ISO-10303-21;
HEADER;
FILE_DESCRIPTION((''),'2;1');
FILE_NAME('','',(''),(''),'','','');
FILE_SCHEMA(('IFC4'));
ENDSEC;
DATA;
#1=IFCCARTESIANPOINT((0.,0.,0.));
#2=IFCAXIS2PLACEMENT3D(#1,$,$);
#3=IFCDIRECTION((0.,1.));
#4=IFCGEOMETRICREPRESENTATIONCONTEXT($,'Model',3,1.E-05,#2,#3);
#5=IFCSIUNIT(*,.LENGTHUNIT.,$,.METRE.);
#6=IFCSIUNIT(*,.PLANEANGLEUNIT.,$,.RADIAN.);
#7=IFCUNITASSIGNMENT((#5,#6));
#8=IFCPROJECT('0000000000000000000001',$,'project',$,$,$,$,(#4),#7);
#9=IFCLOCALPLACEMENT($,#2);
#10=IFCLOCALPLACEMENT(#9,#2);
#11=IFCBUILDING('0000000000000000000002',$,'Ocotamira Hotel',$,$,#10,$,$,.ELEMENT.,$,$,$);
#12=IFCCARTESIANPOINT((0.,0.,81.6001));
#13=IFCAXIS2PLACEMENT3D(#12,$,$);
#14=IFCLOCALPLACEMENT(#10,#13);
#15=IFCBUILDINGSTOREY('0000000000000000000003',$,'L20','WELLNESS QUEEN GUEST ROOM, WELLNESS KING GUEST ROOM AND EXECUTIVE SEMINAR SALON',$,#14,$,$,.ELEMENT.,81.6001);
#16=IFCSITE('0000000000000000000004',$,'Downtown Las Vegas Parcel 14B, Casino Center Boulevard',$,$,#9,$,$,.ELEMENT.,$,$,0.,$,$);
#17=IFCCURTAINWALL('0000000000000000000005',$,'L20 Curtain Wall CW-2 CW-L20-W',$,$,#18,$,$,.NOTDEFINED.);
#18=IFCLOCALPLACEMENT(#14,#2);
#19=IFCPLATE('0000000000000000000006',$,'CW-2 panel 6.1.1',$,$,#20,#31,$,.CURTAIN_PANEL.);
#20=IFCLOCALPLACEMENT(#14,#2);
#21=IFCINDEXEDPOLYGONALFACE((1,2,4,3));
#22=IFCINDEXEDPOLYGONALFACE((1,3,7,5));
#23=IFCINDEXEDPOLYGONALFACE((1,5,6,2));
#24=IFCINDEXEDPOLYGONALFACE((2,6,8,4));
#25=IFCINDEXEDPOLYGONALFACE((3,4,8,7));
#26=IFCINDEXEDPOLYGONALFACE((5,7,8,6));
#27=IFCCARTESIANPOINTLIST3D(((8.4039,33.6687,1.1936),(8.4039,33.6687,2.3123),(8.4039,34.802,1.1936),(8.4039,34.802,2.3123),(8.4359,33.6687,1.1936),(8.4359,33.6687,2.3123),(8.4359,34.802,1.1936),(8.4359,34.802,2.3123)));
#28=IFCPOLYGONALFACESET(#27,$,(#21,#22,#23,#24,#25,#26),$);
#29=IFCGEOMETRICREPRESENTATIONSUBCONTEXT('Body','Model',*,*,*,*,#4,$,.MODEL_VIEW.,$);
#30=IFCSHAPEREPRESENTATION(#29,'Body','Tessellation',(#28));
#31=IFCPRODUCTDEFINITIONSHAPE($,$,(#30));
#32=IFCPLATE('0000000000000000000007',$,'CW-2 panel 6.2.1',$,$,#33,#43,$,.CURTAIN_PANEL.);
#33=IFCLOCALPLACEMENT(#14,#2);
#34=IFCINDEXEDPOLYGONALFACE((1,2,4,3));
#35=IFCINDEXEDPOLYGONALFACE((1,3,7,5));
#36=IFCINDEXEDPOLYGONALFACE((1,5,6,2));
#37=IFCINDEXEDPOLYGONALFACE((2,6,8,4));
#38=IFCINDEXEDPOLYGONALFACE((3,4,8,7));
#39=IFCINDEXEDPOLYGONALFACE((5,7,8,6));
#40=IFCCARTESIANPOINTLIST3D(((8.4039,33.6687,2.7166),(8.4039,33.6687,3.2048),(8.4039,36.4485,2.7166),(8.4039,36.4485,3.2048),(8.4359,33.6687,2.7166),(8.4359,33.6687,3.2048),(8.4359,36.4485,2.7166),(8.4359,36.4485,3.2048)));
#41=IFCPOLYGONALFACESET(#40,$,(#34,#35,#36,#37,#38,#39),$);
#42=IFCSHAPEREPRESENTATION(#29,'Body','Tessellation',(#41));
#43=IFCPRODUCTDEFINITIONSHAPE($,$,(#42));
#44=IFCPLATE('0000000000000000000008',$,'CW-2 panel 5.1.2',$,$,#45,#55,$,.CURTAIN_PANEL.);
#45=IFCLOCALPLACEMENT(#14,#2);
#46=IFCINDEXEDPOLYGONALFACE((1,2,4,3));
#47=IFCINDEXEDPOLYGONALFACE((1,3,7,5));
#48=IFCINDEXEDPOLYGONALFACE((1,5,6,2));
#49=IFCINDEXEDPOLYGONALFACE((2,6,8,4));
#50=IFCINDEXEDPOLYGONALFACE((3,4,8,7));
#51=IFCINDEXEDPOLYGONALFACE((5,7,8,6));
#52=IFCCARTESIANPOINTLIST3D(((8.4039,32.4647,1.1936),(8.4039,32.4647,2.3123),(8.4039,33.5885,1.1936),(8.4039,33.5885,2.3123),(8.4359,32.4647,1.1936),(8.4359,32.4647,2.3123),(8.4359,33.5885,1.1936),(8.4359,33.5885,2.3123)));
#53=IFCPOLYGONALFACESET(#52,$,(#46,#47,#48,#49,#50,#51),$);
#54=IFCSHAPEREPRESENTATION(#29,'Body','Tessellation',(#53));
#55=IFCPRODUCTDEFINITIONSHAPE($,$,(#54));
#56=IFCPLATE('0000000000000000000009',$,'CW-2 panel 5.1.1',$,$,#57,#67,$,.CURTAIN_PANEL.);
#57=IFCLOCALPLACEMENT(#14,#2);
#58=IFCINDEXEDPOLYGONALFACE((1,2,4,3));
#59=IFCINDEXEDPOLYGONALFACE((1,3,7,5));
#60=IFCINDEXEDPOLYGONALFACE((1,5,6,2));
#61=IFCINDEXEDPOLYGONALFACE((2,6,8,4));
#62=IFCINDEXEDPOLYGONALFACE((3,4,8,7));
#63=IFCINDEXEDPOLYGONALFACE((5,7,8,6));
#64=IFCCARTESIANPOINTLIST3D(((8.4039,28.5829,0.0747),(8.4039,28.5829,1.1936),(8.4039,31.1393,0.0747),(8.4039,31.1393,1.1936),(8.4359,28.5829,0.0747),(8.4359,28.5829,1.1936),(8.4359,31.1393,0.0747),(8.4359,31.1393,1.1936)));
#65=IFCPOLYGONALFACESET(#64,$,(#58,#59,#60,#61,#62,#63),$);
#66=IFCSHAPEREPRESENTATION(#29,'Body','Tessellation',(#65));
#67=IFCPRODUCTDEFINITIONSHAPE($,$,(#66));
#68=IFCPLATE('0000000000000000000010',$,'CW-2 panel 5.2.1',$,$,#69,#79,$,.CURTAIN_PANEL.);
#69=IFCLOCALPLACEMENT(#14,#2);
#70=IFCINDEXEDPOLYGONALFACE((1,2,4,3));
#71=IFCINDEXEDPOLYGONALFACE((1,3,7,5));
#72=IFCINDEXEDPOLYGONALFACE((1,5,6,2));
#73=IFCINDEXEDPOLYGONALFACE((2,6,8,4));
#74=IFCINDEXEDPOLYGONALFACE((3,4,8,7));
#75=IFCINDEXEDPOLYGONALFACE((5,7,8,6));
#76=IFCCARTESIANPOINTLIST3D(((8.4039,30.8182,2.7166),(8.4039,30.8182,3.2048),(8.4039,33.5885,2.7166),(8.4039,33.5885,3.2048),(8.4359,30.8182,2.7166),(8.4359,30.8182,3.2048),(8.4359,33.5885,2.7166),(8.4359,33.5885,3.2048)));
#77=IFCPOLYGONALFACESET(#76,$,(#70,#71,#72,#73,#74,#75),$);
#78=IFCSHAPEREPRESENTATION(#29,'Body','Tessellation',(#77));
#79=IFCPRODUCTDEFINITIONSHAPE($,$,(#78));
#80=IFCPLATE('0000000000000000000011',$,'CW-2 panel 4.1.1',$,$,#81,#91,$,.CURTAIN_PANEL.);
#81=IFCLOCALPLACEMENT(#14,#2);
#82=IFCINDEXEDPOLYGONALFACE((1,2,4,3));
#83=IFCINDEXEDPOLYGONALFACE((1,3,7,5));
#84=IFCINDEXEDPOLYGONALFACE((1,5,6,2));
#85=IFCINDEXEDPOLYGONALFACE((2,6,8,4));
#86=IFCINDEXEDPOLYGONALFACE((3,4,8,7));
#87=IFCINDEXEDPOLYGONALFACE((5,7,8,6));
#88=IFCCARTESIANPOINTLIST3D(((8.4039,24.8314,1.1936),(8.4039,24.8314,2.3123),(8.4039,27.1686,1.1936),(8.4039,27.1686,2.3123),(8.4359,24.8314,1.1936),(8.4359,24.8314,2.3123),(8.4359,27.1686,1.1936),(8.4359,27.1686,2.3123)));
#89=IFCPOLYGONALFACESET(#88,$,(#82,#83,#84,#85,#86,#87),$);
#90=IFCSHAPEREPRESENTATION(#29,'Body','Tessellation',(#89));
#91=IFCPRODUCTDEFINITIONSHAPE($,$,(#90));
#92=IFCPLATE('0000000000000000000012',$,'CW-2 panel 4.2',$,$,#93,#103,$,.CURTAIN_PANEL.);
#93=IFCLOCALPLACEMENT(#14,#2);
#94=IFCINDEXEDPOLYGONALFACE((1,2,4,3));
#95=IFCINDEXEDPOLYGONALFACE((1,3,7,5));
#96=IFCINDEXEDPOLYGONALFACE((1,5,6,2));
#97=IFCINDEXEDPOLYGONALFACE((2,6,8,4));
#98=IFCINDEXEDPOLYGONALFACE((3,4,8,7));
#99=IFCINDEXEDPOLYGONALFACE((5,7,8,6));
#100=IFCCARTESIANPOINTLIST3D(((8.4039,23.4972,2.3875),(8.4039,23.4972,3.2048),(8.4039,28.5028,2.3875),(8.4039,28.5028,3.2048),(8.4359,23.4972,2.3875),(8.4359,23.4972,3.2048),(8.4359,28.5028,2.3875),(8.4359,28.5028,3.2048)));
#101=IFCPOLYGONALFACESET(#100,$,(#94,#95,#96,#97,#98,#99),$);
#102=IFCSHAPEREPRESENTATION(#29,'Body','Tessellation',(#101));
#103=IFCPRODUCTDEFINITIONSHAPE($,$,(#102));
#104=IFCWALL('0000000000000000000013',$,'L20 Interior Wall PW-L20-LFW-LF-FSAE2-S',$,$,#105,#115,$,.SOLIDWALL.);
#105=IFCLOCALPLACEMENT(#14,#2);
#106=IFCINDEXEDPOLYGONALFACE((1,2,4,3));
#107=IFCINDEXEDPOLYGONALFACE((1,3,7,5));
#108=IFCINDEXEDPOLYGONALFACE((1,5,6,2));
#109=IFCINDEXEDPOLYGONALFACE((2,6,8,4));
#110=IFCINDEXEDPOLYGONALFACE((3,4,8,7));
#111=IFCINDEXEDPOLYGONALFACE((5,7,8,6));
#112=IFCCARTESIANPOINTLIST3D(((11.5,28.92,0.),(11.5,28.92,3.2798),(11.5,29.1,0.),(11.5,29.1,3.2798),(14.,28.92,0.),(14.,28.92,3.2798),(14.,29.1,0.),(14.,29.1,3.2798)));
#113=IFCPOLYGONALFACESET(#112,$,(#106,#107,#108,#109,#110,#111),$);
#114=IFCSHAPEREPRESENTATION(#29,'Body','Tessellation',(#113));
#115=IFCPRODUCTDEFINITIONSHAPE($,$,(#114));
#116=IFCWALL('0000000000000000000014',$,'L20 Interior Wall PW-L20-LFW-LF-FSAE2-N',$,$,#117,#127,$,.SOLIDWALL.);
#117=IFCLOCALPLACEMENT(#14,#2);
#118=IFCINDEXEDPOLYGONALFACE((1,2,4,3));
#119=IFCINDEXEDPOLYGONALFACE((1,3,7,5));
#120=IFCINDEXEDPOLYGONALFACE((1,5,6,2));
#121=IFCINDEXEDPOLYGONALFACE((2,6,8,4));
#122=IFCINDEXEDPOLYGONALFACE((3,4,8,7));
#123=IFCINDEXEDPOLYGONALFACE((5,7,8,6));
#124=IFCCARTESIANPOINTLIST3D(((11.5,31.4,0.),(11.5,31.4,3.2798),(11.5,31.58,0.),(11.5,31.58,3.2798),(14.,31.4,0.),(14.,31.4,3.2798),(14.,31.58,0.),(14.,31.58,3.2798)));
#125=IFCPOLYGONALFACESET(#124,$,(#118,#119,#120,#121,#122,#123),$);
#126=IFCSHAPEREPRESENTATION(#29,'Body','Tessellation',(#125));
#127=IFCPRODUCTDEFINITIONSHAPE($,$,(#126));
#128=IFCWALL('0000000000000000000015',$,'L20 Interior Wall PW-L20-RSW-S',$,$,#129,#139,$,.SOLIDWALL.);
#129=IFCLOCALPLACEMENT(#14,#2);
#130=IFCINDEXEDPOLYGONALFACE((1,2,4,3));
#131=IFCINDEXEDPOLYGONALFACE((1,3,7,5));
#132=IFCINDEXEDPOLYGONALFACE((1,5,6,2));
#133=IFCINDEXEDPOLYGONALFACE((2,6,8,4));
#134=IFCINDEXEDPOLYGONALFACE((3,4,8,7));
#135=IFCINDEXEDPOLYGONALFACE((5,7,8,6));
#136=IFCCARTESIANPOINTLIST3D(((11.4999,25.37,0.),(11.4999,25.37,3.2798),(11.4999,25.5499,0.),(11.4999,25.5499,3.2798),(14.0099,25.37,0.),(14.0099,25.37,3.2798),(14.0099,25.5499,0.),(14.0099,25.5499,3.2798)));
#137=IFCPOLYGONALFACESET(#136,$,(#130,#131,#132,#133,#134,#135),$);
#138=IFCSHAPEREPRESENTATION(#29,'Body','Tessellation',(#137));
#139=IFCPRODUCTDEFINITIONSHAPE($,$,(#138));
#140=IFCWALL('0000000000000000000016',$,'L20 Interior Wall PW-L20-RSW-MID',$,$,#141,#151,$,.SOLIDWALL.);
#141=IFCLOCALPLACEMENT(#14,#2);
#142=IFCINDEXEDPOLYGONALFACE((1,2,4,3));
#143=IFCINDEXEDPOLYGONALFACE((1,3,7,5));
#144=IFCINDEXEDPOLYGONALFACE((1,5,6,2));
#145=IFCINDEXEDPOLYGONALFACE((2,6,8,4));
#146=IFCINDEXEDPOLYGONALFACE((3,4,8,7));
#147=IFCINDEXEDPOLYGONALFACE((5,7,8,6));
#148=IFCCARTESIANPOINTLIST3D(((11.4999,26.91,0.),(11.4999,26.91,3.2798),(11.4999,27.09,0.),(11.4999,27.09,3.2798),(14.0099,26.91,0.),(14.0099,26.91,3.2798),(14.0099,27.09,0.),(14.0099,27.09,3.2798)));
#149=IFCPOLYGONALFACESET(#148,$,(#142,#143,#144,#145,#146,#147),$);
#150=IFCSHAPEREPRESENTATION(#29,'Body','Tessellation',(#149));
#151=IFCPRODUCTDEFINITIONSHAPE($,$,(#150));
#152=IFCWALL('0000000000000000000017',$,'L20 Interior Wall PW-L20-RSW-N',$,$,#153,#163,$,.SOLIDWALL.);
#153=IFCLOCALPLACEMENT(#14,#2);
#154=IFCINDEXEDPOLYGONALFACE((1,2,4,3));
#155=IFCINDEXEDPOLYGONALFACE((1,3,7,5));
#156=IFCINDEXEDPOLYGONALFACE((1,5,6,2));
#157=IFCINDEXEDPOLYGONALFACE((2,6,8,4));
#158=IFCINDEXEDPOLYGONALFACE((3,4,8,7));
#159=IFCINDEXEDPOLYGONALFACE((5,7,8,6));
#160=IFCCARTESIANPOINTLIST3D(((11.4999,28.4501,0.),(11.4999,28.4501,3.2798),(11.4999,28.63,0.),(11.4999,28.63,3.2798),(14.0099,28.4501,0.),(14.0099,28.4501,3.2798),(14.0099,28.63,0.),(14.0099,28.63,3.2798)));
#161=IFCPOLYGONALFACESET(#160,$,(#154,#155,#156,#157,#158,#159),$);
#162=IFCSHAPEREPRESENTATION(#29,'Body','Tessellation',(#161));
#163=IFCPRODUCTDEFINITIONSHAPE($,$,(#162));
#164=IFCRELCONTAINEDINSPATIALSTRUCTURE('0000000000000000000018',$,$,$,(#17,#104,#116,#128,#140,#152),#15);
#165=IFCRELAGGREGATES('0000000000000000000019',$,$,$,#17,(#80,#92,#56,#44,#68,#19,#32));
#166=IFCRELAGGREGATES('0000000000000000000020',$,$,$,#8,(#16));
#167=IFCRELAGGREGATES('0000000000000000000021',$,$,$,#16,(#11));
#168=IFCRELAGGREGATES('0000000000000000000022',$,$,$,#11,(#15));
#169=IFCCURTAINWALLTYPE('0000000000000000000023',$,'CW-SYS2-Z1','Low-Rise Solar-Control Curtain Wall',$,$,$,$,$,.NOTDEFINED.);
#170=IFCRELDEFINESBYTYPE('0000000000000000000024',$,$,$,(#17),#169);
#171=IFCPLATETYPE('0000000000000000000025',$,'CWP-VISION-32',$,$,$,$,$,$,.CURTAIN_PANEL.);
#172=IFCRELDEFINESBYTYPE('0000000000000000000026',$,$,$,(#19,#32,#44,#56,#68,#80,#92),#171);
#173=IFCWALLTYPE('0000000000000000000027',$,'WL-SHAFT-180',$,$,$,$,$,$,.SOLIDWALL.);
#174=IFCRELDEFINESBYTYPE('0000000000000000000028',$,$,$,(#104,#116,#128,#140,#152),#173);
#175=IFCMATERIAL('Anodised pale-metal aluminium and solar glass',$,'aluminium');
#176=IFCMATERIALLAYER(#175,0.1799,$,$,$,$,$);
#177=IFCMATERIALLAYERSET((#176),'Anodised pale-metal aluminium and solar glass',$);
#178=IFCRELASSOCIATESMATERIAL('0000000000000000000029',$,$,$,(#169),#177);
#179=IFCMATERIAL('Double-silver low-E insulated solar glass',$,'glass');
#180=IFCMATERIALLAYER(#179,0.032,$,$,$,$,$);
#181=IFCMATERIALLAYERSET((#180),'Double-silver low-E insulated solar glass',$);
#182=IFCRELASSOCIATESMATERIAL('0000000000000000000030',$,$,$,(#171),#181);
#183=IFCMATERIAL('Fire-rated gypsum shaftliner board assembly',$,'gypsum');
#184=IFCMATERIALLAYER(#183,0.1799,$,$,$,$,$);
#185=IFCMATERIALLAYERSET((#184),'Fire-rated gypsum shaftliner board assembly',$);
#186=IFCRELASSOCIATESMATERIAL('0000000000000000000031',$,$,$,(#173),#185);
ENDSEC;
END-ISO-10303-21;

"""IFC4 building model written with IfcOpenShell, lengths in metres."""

from ifc_helpers import new_model, si_unit, direction, frame, frame_2d, origin, origin_2d, place, context, subcontext, project, spatial, rectangle, extrude, source, transform, mapped, material, layer, layer_set, type_object, element, aggregate, save


model = new_model("IFC4")

# Units and contexts
model_context = context("Model", 3, precision=1e-05, world=origin(), true_north=direction((0.0, 1.0)))
body_context = subcontext(model_context, "Body", "Model", "MODEL_VIEW")
ifc_project = project(units=[si_unit("LENGTHUNIT", "METRE"), si_unit("PLANEANGLEUNIT", "RADIAN")], contexts=[model_context])

# Site, building, storey
site_placement = place(None, origin())
site = spatial("IfcSite", under=ifc_project, at=site_placement, Name="Downtown Las Vegas Parcel 14B, Casino Center Boulevard", CompositionType="ELEMENT", RefElevation=0.0)
building_placement = place(site_placement, origin())
building = spatial("IfcBuilding", under=site, at=building_placement, Name="Ocotamira Hotel", CompositionType="ELEMENT")
storey_placement = place(building_placement, frame((0.0, 0.0, 81.6001)))
storey = spatial("IfcBuildingStorey", under=building, at=storey_placement, Name="L20", Description="WELLNESS QUEEN GUEST ROOM, WELLNESS KING GUEST ROOM AND EXECUTIVE SEMINAR SALON", CompositionType="ELEMENT", Elevation=81.6001)

# Curtain wall
ifc_material_1 = material(Name="Anodised pale-metal aluminium and solar glass", Category="aluminium")
ifc_layer_1 = layer(ifc_material_1, 0.1799)
ifc_layer_set_1 = layer_set([ifc_layer_1], Name="Anodised pale-metal aluminium and solar glass")
curtain_wall_type = type_object("IfcCurtainWallType", Name="CW-SYS2-Z1", Description="Low-Rise Solar-Control Curtain Wall", PredefinedType="NOTDEFINED", material=ifc_layer_set_1)
curtain_wall_placement = place(storey_placement, origin())
curtain_wall = element("IfcCurtainWall", 1, at=curtain_wall_placement, inside=storey, type_object=curtain_wall_type, Name="L20 Curtain Wall CW-2 CW-L20-W", PredefinedType="NOTDEFINED")

# Plates
ifc_material_2 = material(Name="Double-silver low-E insulated solar glass", Category="glass")
ifc_layer_2 = layer(ifc_material_2, 0.032)
ifc_layer_set_2 = layer_set([ifc_layer_2], Name="Double-silver low-E insulated solar glass")
plate_type_1 = type_object("IfcPlateType", Name="CWP-VISION-32", PredefinedType="CURTAIN_PANEL", material=ifc_layer_set_2)
shared_shape_1 = source(origin(), body_context, "Body", "SweptSolid", [
    extrude(rectangle(XDim=1.1333, YDim=0.032, at=origin_2d()), origin(), (0.0, 0.0, 1.0), 1.1187),
])
plate_1_placement = place(storey_placement, frame((8.4199, 34.2354, 1.1936), z_axis=(0.0, 0.0, 1.0), x_axis=(0.0, 1.0, 0.0)))
plate_1 = element("IfcPlate", 2, at=plate_1_placement, type_object=plate_type_1, Name="CW-2 panel 6.1.1", PredefinedType="CURTAIN_PANEL", context=body_context, shape_type="MappedRepresentation", body=[
    mapped(shared_shape_1, transform((0.0, 0.0, 0.0), scale=1.0)),
])
shared_shape_2 = source(origin(), body_context, "Body", "SweptSolid", [
    extrude(rectangle(XDim=2.7798, YDim=0.032, at=origin_2d()), origin(), (0.0, 0.0, 1.0), 0.4883),
])
plate_2_placement = place(storey_placement, frame((8.4199, 35.0586, 2.7166), z_axis=(0.0, 0.0, 1.0), x_axis=(0.0, 1.0, 0.0)))
plate_2 = element("IfcPlate", 3, at=plate_2_placement, type_object=plate_type_1, Name="CW-2 panel 6.2.1", PredefinedType="CURTAIN_PANEL", context=body_context, shape_type="MappedRepresentation", body=[
    mapped(shared_shape_2, transform((0.0, 0.0, 0.0), scale=1.0)),
])
shared_shape_3 = source(origin(), body_context, "Body", "SweptSolid", [
    extrude(rectangle(XDim=1.1238, YDim=0.032, at=origin_2d()), origin(), (0.0, 0.0, 1.0), 1.1187),
])
plate_3_placement = place(storey_placement, frame((8.4199, 33.0266, 1.1936), z_axis=(0.0, 0.0, 1.0), x_axis=(0.0, 1.0, 0.0)))
plate_3 = element("IfcPlate", 4, at=plate_3_placement, type_object=plate_type_1, Name="CW-2 panel 5.1.2", PredefinedType="CURTAIN_PANEL", context=body_context, shape_type="MappedRepresentation", body=[
    mapped(shared_shape_3, transform((0.0, 0.0, 0.0), scale=1.0)),
])
shared_shape_4 = source(origin(), body_context, "Body", "SweptSolid", [
    extrude(rectangle(XDim=2.5564, YDim=0.032, at=origin_2d()), origin(), (0.0, 0.0, 1.0), 1.1189),
])
plate_4_placement = place(storey_placement, frame((8.4199, 29.8611, 0.0747), z_axis=(0.0, 0.0, 1.0), x_axis=(0.0, 1.0, 0.0)))
plate_4 = element("IfcPlate", 5, at=plate_4_placement, type_object=plate_type_1, Name="CW-2 panel 5.1.1", PredefinedType="CURTAIN_PANEL", context=body_context, shape_type="MappedRepresentation", body=[
    mapped(shared_shape_4, transform((0.0, 0.0, 0.0), scale=1.0)),
])
shared_shape_5 = source(origin(), body_context, "Body", "SweptSolid", [
    extrude(rectangle(XDim=2.7703, YDim=0.032, at=origin_2d()), origin(), (0.0, 0.0, 1.0), 0.4883),
])
plate_5_placement = place(storey_placement, frame((8.4199, 32.2034, 2.7166), z_axis=(0.0, 0.0, 1.0), x_axis=(0.0, 1.0, 0.0)))
plate_5 = element("IfcPlate", 6, at=plate_5_placement, type_object=plate_type_1, Name="CW-2 panel 5.2.1", PredefinedType="CURTAIN_PANEL", context=body_context, shape_type="MappedRepresentation", body=[
    mapped(shared_shape_5, transform((0.0, 0.0, 0.0), scale=1.0)),
])
shared_shape_6 = source(origin(), body_context, "Body", "SweptSolid", [
    extrude(rectangle(XDim=2.3372, YDim=0.032, at=origin_2d()), origin(), (0.0, 0.0, 1.0), 1.1187),
])
plate_6_placement = place(storey_placement, frame((8.4199, 26.0, 1.1936), z_axis=(0.0, 0.0, 1.0), x_axis=(0.0, 1.0, 0.0)))
plate_6 = element("IfcPlate", 7, at=plate_6_placement, type_object=plate_type_1, Name="CW-2 panel 4.1.1", PredefinedType="CURTAIN_PANEL", context=body_context, shape_type="MappedRepresentation", body=[
    mapped(shared_shape_6, transform((0.0, 0.0, 0.0), scale=1.0)),
])
shared_shape_7 = source(origin(), body_context, "Body", "SweptSolid", [
    extrude(rectangle(XDim=5.0056, YDim=0.032, at=origin_2d()), origin(), (0.0, 0.0, 1.0), 0.8174),
])
plate_7_placement = place(storey_placement, frame((8.4199, 26.0, 2.3875), z_axis=(0.0, 0.0, 1.0), x_axis=(0.0, 1.0, 0.0)))
plate_7 = element("IfcPlate", 8, at=plate_7_placement, type_object=plate_type_1, Name="CW-2 panel 4.2", PredefinedType="CURTAIN_PANEL", context=body_context, shape_type="MappedRepresentation", body=[
    mapped(shared_shape_7, transform((0.0, 0.0, 0.0), scale=1.0)),
])
aggregate(curtain_wall, [plate_6, plate_7, plate_4, plate_3, plate_5, plate_1, plate_2])

# Walls
ifc_material_3 = material(Name="Fire-rated gypsum shaftliner board assembly", Category="gypsum")
ifc_layer_3 = layer(ifc_material_3, 0.1799)
ifc_layer_set_3 = layer_set([ifc_layer_3], Name="Fire-rated gypsum shaftliner board assembly")
wall_type_1 = type_object("IfcWallType", Name="WL-SHAFT-180", PredefinedType="SOLIDWALL", material=ifc_layer_set_3)
for number, where, z_axis, x_axis, name in (
    (9, (11.5, 29.01, 0.0), (0.0, 0.0, 1.0), (1.0, 0.0, 0.0), "L20 Interior Wall PW-L20-LFW-LF-FSAE2-S"),
    (10, (11.5, 31.49, 0.0), (0.0, 0.0, 1.0), (1.0, 0.0, 0.0), "L20 Interior Wall PW-L20-LFW-LF-FSAE2-N"),
):
    element("IfcWall", number, at=place(storey_placement, frame(where, z_axis=z_axis, x_axis=x_axis)), inside=storey, type_object=wall_type_1, Name=name, PredefinedType="SOLIDWALL", context=body_context, shape_type="SweptSolid", body=[
        extrude(rectangle(XDim=2.5, YDim=0.1799, at=frame_2d((1.25, 0.0))), origin(), (0.0, 0.0, 1.0), 3.2798),
    ])
for number, where, z_axis, x_axis, name in (
    (11, (11.5, 25.46, 0.0), (0.0, 0.0, 1.0), (1.0, 0.0, 0.0), "L20 Interior Wall PW-L20-RSW-S"),
    (12, (11.5, 27.0, 0.0), (0.0, 0.0, 1.0), (1.0, 0.0, 0.0), "L20 Interior Wall PW-L20-RSW-MID"),
    (13, (11.5, 28.54, 0.0), (0.0, 0.0, 1.0), (1.0, 0.0, 0.0), "L20 Interior Wall PW-L20-RSW-N"),
):
    element("IfcWall", number, at=place(storey_placement, frame(where, z_axis=z_axis, x_axis=x_axis)), inside=storey, type_object=wall_type_1, Name=name, PredefinedType="SOLIDWALL", context=body_context, shape_type="SweptSolid", body=[
        extrude(rectangle(XDim=2.51, YDim=0.1799, at=frame_2d((1.2549, 0.0))), origin(), (0.0, 0.0, 1.0), 3.2798),
    ])

save(model, "model.ifc")
